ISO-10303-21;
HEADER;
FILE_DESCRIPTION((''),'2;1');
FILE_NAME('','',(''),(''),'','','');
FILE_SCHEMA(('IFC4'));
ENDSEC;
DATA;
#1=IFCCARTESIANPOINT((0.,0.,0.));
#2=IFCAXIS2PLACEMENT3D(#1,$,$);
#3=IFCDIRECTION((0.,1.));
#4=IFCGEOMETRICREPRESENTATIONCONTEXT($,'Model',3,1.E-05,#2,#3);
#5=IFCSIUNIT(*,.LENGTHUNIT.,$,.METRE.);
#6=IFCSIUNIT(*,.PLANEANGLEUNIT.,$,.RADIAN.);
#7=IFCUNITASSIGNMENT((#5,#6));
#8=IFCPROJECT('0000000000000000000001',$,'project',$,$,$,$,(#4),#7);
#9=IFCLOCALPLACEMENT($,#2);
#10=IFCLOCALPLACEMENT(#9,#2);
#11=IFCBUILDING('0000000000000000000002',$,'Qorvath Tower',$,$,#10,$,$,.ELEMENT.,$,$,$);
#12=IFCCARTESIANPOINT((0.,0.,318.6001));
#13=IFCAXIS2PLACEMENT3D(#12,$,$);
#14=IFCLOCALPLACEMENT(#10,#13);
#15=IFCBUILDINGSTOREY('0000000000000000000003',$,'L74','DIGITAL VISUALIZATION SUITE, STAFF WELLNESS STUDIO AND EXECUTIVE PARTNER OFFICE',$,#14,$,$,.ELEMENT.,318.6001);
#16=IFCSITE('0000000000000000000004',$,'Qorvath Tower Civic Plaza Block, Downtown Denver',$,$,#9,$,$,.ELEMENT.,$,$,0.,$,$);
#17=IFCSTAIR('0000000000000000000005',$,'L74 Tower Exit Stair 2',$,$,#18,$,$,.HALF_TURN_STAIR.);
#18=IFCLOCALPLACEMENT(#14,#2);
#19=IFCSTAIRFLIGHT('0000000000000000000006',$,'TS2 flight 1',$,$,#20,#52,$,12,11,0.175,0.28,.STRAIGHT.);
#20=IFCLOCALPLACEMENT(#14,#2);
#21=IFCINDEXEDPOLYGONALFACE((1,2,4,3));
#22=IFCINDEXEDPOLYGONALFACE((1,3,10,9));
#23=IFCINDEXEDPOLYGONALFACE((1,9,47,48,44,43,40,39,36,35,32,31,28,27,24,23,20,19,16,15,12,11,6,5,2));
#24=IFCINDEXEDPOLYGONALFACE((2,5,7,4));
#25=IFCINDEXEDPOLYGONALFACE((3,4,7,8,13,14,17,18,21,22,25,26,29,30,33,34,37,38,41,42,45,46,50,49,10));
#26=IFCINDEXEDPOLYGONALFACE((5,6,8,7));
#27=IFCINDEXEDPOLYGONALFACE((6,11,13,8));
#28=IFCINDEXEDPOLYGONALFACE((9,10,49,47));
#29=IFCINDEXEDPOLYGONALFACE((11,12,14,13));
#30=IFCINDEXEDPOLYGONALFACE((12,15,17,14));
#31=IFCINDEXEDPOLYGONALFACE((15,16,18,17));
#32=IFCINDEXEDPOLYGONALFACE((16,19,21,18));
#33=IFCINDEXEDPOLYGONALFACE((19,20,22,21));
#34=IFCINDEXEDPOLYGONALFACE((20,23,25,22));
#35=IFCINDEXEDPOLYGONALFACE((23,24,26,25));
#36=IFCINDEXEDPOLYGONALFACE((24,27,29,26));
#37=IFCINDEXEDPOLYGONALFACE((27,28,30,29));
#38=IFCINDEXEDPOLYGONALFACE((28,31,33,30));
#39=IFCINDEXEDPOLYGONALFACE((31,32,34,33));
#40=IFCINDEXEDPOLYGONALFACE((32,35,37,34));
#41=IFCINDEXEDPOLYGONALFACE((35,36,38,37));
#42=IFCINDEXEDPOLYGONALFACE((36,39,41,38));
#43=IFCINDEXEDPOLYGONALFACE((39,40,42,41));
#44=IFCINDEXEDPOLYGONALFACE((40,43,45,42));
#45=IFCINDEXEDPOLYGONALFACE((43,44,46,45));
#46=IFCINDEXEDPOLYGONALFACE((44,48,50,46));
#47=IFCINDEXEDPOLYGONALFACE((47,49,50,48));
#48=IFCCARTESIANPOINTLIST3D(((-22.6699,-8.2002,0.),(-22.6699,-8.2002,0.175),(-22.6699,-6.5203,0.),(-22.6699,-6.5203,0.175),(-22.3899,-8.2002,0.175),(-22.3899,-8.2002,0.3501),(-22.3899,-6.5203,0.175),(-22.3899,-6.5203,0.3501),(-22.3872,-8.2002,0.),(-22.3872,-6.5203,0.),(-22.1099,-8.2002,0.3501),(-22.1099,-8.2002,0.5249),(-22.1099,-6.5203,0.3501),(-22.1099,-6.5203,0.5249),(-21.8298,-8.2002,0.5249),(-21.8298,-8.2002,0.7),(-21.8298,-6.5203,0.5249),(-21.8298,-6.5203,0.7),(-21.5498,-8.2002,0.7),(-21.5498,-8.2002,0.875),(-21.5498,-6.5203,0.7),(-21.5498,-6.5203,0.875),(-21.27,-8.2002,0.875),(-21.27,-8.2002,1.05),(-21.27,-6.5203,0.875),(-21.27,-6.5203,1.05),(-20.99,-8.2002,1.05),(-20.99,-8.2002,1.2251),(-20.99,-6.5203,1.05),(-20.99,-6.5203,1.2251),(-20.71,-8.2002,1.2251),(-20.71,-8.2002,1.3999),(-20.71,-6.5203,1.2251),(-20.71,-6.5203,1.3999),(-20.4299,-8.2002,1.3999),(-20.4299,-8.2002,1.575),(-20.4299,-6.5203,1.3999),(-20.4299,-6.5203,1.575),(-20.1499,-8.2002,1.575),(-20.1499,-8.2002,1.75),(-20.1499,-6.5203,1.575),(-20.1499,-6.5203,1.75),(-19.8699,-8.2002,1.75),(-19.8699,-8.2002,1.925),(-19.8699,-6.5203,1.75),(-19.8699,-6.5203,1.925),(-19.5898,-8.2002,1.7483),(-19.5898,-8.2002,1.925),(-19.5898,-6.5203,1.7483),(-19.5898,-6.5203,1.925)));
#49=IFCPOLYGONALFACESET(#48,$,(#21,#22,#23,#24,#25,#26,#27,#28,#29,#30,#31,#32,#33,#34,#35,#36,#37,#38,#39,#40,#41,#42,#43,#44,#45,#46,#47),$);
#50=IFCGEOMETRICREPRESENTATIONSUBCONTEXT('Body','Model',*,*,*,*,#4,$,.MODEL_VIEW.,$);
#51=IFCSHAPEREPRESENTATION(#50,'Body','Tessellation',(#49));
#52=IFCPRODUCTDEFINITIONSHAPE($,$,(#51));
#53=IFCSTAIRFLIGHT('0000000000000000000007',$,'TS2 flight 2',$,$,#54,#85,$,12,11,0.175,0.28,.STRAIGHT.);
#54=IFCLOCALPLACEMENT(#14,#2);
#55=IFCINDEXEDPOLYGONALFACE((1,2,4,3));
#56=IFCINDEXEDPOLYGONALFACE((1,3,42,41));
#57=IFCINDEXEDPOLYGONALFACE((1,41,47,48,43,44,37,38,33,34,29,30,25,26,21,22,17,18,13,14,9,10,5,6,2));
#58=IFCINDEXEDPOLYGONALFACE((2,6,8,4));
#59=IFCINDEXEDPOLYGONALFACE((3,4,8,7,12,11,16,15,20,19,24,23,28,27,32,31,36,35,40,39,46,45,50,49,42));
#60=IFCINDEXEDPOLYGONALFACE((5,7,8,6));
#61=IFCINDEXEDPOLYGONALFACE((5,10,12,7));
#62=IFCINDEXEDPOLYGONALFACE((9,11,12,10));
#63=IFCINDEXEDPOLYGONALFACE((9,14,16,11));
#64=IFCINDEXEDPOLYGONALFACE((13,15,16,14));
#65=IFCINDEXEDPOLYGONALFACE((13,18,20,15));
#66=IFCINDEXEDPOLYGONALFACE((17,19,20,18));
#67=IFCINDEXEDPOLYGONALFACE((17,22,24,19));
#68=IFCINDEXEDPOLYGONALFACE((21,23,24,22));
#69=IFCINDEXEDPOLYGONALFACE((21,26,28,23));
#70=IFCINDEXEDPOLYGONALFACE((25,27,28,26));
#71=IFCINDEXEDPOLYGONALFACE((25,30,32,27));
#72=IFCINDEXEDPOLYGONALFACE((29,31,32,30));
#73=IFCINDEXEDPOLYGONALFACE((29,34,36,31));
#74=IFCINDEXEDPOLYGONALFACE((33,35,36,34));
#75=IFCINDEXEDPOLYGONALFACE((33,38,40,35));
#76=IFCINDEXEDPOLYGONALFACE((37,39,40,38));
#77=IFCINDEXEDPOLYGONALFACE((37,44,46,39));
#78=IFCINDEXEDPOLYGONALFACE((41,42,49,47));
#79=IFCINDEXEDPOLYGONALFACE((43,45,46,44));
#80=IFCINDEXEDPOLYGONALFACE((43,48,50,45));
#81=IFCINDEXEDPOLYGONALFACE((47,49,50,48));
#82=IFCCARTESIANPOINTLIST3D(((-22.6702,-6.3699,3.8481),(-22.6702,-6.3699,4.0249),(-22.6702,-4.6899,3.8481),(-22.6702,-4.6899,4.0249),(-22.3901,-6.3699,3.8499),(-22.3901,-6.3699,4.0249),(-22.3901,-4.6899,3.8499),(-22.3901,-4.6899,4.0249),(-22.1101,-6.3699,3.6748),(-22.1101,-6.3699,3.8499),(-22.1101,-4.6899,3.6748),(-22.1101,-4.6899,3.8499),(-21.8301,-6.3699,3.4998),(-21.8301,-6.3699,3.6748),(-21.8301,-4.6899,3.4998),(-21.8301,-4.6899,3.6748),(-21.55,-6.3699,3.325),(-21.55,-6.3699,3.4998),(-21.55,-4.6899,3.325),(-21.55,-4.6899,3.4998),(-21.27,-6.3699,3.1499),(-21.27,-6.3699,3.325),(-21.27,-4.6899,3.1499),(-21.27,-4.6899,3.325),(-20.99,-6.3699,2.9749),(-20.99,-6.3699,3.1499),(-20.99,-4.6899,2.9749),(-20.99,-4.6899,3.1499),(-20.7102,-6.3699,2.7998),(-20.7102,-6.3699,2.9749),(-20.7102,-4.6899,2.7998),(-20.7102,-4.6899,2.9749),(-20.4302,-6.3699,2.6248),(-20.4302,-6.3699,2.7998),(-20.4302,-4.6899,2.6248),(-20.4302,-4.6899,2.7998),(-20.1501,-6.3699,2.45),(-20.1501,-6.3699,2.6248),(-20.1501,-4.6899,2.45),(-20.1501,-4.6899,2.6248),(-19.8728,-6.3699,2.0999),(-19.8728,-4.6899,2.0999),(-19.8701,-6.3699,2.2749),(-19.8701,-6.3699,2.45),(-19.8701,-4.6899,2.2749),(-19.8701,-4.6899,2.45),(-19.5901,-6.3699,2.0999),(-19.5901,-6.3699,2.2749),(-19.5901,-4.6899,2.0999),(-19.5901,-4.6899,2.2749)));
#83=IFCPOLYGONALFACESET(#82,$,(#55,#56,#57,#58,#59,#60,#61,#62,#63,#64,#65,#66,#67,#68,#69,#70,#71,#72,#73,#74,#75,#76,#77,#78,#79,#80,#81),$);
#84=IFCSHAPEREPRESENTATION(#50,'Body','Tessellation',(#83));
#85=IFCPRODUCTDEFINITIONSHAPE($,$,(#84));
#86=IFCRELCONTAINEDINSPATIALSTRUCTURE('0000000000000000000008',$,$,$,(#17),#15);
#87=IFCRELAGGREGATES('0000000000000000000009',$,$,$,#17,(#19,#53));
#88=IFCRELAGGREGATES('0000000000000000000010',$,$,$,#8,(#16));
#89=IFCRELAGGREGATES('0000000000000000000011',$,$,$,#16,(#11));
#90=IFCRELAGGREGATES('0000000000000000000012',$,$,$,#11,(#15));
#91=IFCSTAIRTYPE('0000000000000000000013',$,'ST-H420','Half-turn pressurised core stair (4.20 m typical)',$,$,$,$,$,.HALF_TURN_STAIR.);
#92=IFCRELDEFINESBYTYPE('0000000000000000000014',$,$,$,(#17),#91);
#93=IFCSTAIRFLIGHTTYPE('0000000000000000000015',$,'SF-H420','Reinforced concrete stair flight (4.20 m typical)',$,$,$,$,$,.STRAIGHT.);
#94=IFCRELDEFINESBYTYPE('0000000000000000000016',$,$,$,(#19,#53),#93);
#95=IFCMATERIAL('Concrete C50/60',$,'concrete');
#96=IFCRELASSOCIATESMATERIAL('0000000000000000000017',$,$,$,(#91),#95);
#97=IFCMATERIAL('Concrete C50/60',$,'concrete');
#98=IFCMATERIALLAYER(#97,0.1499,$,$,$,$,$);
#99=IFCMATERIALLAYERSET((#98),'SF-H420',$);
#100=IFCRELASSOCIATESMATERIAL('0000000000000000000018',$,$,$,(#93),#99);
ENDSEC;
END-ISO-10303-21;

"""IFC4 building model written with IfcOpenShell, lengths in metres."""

from ifc_helpers import new_model, si_unit, direction, frame, origin, place, context, subcontext, project, spatial, polyline, outline, extrude, material, layer, layer_set, type_object, element, aggregate, save


model = new_model("IFC4")

# Units and contexts
model_context = context("Model", 3, precision=1e-05, world=origin(), true_north=direction((0.0, 1.0)))
body_context = subcontext(model_context, "Body", "Model", "MODEL_VIEW")
ifc_project = project(units=[si_unit("LENGTHUNIT", "METRE"), si_unit("PLANEANGLEUNIT", "RADIAN")], contexts=[model_context])

# Site, building, storey
site_placement = place(None, origin())
site = spatial("IfcSite", under=ifc_project, at=site_placement, Name="Qorvath Tower Civic Plaza Block, Downtown Denver", CompositionType="ELEMENT", RefElevation=0.0)
building_placement = place(site_placement, origin())
building = spatial("IfcBuilding", under=site, at=building_placement, Name="Qorvath Tower", CompositionType="ELEMENT")
storey_placement = place(building_placement, frame((0.0, 0.0, 318.6001)))
storey = spatial("IfcBuildingStorey", under=building, at=storey_placement, Name="L74", Description="DIGITAL VISUALIZATION SUITE, STAFF WELLNESS STUDIO AND EXECUTIVE PARTNER OFFICE", CompositionType="ELEMENT", Elevation=318.6001)

# Stair, stair flights
ifc_material_1 = material(Name="Concrete C50/60", Category="concrete")
stair_type = type_object("IfcStairType", Name="ST-H420", Description="Half-turn pressurised core stair (4.20 m typical)", PredefinedType="HALF_TURN_STAIR", material=ifc_material_1)
stair_placement = place(storey_placement, origin())
stair = element("IfcStair", 1, at=stair_placement, inside=storey, type_object=stair_type, Name="L74 Tower Exit Stair 2", PredefinedType="HALF_TURN_STAIR")
ifc_material_2 = material(Name="Concrete C50/60", Category="concrete")
ifc_layer_1 = layer(ifc_material_2, 0.1499)
ifc_layer_set_1 = layer_set([ifc_layer_1], Name="SF-H420")
stair_flight_type = type_object("IfcStairFlightType", Name="SF-H420", Description="Reinforced concrete stair flight (4.20 m typical)", PredefinedType="STRAIGHT", material=ifc_layer_set_1)
stair_flight_1_placement = place(storey_placement, frame((-22.6699, -7.3601, 0.0), z_axis=(0.0, 0.0, 1.0), x_axis=(1.0, 0.0, 0.0)))
stair_flight_1 = element("IfcStairFlight", 2, at=stair_flight_1_placement, type_object=stair_flight_type, Name="TS2 flight 1", NumberOfRisers=12, NumberOfTreads=11, PredefinedType="STRAIGHT", RiserHeight=0.175, TreadLength=0.28, context=body_context, shape_type="SweptSolid", body=[
    extrude(outline(polyline([(0.0, 0.0), (0.0, 0.175), (0.28, 0.175), (0.28, 0.3501), (0.5601, 0.3501), (0.5601, 0.5249), (0.8401, 0.5249), (0.8401, 0.7), (1.1201, 0.7), (1.1201, 0.875), (1.3999, 0.875), (1.3999, 1.05), (1.6799, 1.05), (1.6799, 1.2251), (1.96, 1.2251), (1.96, 1.3999), (2.24, 1.3999), (2.24, 1.575), (2.52, 1.575), (2.52, 1.75), (2.8, 1.75), (2.8, 1.925), (3.0801, 1.925), (3.0801, 2.1001), (3.0801, 1.7483), (0.2827, 0.0), (0.0, 0.0)])), frame((0.0, 0.8398, 0.0), z_axis=(0.0, -1.0, 0.0), x_axis=(1.0, 0.0, 0.0)), (0.0, 0.0, 1.0), 1.6799),
])
stair_flight_2_placement = place(storey_placement, frame((-19.5901, -5.53, 2.0999), z_axis=(0.0, 0.0, 1.0), x_axis=(-1.0, 0.0, 0.0)))
stair_flight_2 = element("IfcStairFlight", 3, at=stair_flight_2_placement, type_object=stair_flight_type, Name="TS2 flight 2", NumberOfRisers=12, NumberOfTreads=11, PredefinedType="STRAIGHT", RiserHeight=0.175, TreadLength=0.28, context=body_context, shape_type="SweptSolid", body=[
    extrude(outline(polyline([(0.0, 0.0), (0.0, 0.175), (0.28, 0.175), (0.28, 0.3501), (0.5601, 0.3501), (0.5601, 0.5249), (0.8401, 0.5249), (0.8401, 0.7), (1.1201, 0.7), (1.1201, 0.875), (1.3999, 0.875), (1.3999, 1.05), (1.6799, 1.05), (1.6799, 1.2251), (1.96, 1.2251), (1.96, 1.3999), (2.24, 1.3999), (2.24, 1.575), (2.52, 1.575), (2.52, 1.75), (2.8, 1.75), (2.8, 1.925), (3.0801, 1.925), (3.0801, 2.1001), (3.0801, 1.7483), (0.2827, 0.0), (0.0, 0.0)])), frame((0.0, 0.8398, 0.0), z_axis=(0.0, -1.0, 0.0), x_axis=(1.0, 0.0, 0.0)), (0.0, 0.0, 1.0), 1.6799),
])
aggregate(stair, [stair_flight_1, stair_flight_2])

save(model, "model.ifc")
